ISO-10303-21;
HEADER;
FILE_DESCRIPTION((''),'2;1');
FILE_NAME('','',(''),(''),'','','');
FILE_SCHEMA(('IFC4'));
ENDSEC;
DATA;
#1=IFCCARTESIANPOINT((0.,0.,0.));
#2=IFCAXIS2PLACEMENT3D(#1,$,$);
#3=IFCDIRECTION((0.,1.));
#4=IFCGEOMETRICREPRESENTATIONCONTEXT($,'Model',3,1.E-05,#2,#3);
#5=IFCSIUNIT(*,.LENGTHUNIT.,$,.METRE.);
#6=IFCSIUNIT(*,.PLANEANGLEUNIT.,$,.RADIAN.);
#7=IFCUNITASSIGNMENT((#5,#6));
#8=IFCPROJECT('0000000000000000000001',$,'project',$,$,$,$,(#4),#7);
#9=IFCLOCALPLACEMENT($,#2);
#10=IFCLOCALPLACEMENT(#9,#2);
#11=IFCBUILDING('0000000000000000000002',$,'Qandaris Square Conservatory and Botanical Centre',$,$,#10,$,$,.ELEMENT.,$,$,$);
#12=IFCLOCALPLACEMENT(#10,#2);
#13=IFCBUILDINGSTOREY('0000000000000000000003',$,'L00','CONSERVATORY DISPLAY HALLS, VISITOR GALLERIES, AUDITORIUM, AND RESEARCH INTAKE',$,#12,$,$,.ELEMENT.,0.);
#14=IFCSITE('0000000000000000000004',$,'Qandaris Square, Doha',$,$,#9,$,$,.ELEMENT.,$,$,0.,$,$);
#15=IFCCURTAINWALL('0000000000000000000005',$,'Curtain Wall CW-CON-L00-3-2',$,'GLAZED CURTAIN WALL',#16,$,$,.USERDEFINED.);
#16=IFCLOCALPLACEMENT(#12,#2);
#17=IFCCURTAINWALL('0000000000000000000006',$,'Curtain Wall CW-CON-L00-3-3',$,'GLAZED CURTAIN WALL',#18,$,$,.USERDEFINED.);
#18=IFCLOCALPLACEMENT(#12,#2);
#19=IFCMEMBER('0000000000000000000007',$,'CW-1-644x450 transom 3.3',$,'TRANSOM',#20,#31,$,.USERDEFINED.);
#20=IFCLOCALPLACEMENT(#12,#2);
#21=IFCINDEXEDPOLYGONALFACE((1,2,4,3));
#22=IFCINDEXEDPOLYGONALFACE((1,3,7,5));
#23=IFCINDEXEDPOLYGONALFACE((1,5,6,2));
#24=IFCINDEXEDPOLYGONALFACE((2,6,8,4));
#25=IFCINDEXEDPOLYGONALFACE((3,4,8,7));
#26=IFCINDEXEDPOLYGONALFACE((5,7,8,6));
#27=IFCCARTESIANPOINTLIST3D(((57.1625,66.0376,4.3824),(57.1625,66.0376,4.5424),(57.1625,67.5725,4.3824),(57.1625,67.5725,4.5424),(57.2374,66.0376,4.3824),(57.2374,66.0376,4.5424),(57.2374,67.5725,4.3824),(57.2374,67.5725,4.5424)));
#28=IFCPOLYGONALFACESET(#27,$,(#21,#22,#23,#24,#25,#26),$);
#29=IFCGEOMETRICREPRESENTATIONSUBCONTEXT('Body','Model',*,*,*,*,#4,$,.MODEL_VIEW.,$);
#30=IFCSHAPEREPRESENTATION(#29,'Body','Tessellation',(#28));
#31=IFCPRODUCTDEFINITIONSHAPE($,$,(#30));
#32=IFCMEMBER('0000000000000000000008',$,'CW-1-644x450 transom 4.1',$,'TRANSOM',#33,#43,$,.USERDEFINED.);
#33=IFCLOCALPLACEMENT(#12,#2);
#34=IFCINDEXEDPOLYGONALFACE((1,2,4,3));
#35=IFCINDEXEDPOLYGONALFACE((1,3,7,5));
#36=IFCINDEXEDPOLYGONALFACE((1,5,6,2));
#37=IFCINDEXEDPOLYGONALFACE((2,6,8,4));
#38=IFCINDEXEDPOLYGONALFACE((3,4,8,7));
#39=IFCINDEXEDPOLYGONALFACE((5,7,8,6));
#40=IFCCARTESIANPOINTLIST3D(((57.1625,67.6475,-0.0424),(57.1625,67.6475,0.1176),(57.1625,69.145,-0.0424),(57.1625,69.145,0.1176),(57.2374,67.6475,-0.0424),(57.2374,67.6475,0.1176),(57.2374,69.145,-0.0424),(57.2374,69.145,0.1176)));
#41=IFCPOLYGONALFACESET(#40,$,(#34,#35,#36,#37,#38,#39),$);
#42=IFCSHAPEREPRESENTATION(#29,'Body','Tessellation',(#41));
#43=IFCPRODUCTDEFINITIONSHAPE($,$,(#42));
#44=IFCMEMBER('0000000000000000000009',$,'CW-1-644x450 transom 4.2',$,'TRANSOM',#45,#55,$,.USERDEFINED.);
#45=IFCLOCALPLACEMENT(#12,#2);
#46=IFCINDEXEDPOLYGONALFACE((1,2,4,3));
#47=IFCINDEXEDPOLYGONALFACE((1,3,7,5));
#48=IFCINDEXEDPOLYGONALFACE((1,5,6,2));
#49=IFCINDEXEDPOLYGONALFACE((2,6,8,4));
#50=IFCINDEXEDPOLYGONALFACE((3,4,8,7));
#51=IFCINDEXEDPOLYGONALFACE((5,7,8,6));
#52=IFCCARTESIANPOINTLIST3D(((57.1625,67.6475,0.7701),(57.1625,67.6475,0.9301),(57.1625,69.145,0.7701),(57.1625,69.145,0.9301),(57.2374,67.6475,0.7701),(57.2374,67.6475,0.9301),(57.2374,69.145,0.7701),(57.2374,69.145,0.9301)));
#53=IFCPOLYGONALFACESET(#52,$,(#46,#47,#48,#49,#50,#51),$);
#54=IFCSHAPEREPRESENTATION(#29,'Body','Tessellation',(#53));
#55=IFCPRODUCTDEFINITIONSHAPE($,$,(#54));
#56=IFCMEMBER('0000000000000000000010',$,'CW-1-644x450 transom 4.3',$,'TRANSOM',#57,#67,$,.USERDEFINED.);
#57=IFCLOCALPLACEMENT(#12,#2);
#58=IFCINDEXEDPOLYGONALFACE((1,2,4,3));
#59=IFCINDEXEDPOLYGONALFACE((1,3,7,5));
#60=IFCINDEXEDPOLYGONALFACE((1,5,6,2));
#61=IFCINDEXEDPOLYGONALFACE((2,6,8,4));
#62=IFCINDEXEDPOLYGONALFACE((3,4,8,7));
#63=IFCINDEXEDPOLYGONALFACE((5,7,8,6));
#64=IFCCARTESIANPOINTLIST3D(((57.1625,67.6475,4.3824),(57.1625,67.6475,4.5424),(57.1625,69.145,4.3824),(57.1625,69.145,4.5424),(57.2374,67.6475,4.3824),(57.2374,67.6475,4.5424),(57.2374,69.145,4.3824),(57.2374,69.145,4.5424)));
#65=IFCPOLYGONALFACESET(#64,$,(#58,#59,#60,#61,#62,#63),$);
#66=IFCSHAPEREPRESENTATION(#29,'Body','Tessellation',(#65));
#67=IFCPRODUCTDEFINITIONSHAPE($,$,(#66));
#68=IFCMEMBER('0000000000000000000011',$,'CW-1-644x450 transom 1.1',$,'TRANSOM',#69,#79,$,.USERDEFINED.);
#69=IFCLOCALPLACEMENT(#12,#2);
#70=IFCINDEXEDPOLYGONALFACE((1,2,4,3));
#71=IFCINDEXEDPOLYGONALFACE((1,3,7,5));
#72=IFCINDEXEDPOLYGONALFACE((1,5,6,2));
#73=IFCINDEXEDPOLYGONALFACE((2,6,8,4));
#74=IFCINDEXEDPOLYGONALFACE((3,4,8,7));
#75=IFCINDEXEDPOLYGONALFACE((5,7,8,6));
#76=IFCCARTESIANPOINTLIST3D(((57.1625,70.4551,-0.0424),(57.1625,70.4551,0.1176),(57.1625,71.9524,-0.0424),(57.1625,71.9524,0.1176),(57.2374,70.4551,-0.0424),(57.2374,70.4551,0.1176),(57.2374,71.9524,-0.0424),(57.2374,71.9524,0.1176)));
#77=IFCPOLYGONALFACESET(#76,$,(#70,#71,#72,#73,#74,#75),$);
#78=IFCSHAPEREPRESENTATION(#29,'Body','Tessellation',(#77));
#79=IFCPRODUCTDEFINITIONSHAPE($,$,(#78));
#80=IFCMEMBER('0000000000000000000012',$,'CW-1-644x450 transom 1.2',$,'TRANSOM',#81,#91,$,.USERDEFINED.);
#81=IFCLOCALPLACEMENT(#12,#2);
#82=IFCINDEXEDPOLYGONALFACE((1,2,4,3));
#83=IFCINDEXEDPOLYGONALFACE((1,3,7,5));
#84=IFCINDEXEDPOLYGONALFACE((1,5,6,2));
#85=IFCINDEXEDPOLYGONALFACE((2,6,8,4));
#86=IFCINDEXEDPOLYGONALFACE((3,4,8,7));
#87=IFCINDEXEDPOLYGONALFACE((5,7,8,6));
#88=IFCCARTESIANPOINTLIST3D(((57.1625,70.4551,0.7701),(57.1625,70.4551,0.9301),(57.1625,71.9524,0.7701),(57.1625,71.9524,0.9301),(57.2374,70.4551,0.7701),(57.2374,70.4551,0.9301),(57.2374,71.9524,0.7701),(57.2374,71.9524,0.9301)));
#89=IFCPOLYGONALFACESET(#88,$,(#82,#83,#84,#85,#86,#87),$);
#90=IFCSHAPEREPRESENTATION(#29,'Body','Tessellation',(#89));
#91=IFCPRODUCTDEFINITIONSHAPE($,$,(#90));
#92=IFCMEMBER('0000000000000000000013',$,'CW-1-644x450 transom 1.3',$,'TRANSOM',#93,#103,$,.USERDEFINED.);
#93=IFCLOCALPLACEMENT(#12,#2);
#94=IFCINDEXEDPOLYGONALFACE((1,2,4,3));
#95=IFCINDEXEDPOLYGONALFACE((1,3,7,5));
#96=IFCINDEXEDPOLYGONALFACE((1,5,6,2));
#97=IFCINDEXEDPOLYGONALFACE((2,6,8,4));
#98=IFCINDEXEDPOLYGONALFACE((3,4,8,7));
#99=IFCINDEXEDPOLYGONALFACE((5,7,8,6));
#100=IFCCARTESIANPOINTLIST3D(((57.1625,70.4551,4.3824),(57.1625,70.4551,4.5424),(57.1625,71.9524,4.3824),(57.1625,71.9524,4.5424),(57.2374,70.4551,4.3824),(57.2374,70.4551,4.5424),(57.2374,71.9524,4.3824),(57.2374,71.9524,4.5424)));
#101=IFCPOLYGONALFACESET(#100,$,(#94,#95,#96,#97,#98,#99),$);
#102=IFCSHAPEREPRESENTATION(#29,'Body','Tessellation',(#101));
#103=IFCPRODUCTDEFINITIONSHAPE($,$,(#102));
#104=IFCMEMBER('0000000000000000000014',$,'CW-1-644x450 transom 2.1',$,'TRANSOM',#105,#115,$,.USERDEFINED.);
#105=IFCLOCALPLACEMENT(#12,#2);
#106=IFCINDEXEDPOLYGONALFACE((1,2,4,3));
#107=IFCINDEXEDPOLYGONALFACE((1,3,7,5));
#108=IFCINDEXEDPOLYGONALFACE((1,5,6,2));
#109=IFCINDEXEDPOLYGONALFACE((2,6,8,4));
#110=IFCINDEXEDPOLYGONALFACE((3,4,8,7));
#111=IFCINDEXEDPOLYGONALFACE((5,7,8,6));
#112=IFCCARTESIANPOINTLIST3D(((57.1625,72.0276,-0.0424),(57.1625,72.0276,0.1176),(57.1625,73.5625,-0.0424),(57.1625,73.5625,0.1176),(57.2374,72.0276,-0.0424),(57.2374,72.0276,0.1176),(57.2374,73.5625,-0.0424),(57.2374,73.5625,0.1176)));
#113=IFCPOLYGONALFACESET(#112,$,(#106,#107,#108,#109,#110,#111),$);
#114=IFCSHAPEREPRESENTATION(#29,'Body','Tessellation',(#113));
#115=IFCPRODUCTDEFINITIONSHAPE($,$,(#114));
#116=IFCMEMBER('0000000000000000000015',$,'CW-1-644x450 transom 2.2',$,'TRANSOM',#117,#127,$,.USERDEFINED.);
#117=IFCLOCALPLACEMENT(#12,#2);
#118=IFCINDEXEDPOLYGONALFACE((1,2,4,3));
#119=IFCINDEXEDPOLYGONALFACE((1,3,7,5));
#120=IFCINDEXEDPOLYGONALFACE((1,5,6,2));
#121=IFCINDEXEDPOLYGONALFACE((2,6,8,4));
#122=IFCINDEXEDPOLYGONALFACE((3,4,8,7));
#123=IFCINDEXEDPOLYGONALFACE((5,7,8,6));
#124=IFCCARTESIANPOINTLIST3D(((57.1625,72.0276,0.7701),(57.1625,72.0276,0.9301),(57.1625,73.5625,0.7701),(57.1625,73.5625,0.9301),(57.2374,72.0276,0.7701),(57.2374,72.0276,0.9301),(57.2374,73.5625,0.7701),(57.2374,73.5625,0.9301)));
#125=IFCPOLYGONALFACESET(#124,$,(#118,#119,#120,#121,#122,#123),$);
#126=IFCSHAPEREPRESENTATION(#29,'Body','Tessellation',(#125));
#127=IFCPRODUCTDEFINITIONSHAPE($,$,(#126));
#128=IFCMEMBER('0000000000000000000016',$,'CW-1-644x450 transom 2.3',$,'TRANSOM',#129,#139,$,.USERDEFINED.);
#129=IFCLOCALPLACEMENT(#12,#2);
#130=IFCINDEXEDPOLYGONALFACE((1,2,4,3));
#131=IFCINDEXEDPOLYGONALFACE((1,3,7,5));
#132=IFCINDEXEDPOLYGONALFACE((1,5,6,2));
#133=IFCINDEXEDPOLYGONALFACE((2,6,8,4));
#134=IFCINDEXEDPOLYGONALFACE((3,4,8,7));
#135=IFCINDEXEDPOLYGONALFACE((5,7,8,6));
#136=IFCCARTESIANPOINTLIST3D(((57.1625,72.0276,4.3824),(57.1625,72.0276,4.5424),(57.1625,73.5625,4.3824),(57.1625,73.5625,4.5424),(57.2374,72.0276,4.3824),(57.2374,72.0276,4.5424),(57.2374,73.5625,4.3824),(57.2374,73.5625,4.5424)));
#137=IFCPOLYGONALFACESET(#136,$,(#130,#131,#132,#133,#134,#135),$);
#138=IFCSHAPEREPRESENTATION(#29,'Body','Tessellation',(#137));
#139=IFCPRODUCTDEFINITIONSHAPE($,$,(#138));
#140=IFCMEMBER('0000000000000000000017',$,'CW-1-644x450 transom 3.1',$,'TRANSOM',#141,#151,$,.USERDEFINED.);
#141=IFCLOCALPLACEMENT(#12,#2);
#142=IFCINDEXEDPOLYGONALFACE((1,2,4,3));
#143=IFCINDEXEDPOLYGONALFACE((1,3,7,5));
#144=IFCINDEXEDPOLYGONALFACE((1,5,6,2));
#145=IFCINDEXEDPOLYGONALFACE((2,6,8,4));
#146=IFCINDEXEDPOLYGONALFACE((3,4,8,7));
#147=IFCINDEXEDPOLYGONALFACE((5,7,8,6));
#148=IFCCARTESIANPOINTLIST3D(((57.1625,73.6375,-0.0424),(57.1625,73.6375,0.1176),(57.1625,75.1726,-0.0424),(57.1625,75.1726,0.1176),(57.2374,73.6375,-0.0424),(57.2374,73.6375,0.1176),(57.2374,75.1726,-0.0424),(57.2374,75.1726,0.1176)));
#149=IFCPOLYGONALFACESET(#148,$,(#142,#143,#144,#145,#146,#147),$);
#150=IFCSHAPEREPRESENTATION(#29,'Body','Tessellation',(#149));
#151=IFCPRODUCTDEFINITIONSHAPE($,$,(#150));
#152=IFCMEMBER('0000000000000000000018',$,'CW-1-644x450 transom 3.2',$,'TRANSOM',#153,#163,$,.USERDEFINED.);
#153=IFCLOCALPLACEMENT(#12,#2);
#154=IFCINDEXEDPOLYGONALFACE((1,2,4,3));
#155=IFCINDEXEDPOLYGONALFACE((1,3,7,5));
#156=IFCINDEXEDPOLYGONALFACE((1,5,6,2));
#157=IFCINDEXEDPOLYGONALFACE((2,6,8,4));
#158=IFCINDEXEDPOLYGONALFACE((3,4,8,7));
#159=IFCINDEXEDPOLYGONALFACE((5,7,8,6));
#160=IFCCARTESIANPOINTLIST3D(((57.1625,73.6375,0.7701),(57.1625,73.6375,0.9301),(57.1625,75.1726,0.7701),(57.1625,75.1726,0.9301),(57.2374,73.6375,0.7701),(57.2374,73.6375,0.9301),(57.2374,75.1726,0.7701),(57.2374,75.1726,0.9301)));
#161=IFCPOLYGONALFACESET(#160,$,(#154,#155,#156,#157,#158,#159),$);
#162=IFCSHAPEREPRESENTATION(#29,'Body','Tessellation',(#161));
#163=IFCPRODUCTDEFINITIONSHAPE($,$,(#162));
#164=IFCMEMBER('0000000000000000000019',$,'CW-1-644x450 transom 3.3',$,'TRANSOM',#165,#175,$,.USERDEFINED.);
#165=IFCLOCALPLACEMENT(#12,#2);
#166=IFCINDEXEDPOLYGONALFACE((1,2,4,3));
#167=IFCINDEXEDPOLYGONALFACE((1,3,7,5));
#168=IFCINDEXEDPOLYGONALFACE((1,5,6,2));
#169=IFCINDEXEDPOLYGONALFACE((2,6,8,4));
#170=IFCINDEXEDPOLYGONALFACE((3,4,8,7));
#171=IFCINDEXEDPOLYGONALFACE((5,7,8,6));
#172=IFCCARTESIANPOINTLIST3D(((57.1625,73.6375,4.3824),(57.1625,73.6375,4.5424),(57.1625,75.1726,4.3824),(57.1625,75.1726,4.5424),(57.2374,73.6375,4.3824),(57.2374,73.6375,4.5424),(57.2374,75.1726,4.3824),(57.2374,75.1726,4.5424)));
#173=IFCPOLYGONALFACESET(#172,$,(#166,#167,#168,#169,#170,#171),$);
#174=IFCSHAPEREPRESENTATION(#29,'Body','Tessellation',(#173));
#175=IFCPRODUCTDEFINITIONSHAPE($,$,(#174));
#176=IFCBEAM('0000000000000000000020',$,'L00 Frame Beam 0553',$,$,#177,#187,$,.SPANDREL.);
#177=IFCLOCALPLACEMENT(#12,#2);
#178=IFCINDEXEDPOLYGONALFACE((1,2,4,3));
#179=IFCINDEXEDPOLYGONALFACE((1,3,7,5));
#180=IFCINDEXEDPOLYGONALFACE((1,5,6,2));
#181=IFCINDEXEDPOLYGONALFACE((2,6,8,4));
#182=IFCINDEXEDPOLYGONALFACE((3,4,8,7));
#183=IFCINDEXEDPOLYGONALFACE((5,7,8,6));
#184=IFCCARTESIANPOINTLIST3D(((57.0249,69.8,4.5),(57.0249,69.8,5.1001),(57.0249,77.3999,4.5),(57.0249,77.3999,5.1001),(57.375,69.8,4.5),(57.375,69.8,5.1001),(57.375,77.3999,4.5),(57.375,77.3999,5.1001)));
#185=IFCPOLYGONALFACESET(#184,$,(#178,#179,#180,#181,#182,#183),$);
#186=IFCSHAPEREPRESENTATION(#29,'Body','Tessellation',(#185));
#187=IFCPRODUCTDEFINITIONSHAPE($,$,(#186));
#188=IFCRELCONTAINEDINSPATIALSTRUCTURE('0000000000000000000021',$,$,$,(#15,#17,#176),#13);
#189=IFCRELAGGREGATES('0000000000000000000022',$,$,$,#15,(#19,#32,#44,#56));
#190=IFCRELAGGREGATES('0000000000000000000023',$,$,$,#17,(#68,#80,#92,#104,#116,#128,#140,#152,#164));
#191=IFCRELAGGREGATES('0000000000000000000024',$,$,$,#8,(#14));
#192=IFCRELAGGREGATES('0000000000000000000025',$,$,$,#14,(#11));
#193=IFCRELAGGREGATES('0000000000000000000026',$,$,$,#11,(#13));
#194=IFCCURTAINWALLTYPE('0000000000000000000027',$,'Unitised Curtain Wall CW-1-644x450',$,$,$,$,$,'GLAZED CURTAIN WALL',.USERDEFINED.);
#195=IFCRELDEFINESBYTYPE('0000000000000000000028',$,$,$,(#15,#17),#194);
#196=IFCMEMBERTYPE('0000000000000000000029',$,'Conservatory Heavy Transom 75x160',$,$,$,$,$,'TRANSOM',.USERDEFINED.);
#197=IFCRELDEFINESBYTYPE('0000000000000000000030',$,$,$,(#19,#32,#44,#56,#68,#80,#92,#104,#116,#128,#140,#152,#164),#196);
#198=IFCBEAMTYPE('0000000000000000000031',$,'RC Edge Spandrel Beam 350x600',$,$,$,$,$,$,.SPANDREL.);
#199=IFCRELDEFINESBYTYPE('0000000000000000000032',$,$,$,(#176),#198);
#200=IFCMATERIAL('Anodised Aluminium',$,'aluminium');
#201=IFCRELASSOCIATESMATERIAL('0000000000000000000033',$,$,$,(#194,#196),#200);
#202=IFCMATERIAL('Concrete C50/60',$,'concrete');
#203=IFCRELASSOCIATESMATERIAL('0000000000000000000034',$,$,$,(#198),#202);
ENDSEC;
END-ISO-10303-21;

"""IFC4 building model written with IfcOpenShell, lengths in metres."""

from ifc_helpers import new_model, si_unit, direction, frame, origin, origin_2d, place, context, subcontext, project, spatial, rectangle, extrude, material, material_profile, profile_set, type_object, element, aggregate, save


model = new_model("IFC4")

# Units and contexts
model_context = context("Model", 3, precision=1e-05, world=origin(), true_north=direction((0.0, 1.0)))
body_context = subcontext(model_context, "Body", "Model", "MODEL_VIEW")
ifc_project = project(units=[si_unit("LENGTHUNIT", "METRE"), si_unit("PLANEANGLEUNIT", "RADIAN")], contexts=[model_context])

# Site, building, storey
site_placement = place(None, origin())
site = spatial("IfcSite", under=ifc_project, at=site_placement, Name="Qandaris Square, Doha", CompositionType="ELEMENT", RefElevation=0.0)
building_placement = place(site_placement, origin())
building = spatial("IfcBuilding", under=site, at=building_placement, Name="Qandaris Square Conservatory and Botanical Centre", CompositionType="ELEMENT")
storey_placement = place(building_placement, origin())
storey = spatial("IfcBuildingStorey", under=building, at=storey_placement, Name="L00", Description="CONSERVATORY DISPLAY HALLS, VISITOR GALLERIES, AUDITORIUM, AND RESEARCH INTAKE", CompositionType="ELEMENT", Elevation=0.0)

# Shared definitions
ifc_material_1 = material(Name="Concrete C50/60", Category="concrete")

# Curtain walls
ifc_material_2 = material(Name="Anodised Aluminium", Category="aluminium")
curtain_wall_type = type_object("IfcCurtainWallType", Name="Unitised Curtain Wall CW-1-644x450", ElementType="GLAZED CURTAIN WALL", PredefinedType="USERDEFINED", material=ifc_material_2)
curtain_wall_1_placement = place(storey_placement, origin())
curtain_wall_1 = element("IfcCurtainWall", 1, at=curtain_wall_1_placement, inside=storey, type_object=curtain_wall_type, Name="Curtain Wall CW-CON-L00-3-2", ObjectType="GLAZED CURTAIN WALL", PredefinedType="USERDEFINED")
curtain_wall_2_placement = place(storey_placement, origin())
curtain_wall_2 = element("IfcCurtainWall", 2, at=curtain_wall_2_placement, inside=storey, type_object=curtain_wall_type, Name="Curtain Wall CW-CON-L00-3-3", ObjectType="GLAZED CURTAIN WALL", PredefinedType="USERDEFINED")

# Members
ifc_material_profile_1 = material_profile(ifc_material_2, rectangle(XDim=0.075, YDim=0.1599, at=origin_2d()), Name="ALU-TRN 75x160")
ifc_profile_set_1 = profile_set([ifc_material_profile_1], Name="Anodised Aluminium")
member_type_1 = type_object("IfcMemberType", Name="Conservatory Heavy Transom 75x160", ElementType="TRANSOM", PredefinedType="USERDEFINED", material=ifc_profile_set_1)
member_1_placement = place(storey_placement, frame((57.2, 66.0376, 4.4624), z_axis=(0.0, 1.0, 0.0), x_axis=(-1.0, 0.0, 0.0)))
member_1 = element("IfcMember", 3, at=member_1_placement, type_object=member_type_1, Name="CW-1-644x450 transom 3.3", ObjectType="TRANSOM", PredefinedType="USERDEFINED", context=body_context, shape_type="SweptSolid", body=[
    extrude(rectangle(XDim=0.075, YDim=0.1599, at=origin_2d()), origin(), (0.0, 0.0, 1.0), 1.5349),
])
member_2_placement = place(storey_placement, frame((57.2, 67.6475, 0.0376), z_axis=(0.0, 1.0, 0.0), x_axis=(-1.0, 0.0, 0.0)))
member_2 = element("IfcMember", 4, at=member_2_placement, type_object=member_type_1, Name="CW-1-644x450 transom 4.1", ObjectType="TRANSOM", PredefinedType="USERDEFINED", context=body_context, shape_type="SweptSolid", body=[
    extrude(rectangle(XDim=0.075, YDim=0.1599, at=origin_2d()), origin(), (0.0, 0.0, 1.0), 1.4976),
])
member_3_placement = place(storey_placement, frame((57.2, 67.6475, 0.8501), z_axis=(0.0, 1.0, 0.0), x_axis=(-1.0, 0.0, 0.0)))
member_3 = element("IfcMember", 5, at=member_3_placement, type_object=member_type_1, Name="CW-1-644x450 transom 4.2", ObjectType="TRANSOM", PredefinedType="USERDEFINED", context=body_context, shape_type="SweptSolid", body=[
    extrude(rectangle(XDim=0.075, YDim=0.1599, at=origin_2d()), origin(), (0.0, 0.0, 1.0), 1.4976),
])
member_4_placement = place(storey_placement, frame((57.2, 67.6475, 4.4624), z_axis=(0.0, 1.0, 0.0), x_axis=(-1.0, 0.0, 0.0)))
member_4 = element("IfcMember", 6, at=member_4_placement, type_object=member_type_1, Name="CW-1-644x450 transom 4.3", ObjectType="TRANSOM", PredefinedType="USERDEFINED", context=body_context, shape_type="SweptSolid", body=[
    extrude(rectangle(XDim=0.075, YDim=0.1599, at=origin_2d()), origin(), (0.0, 0.0, 1.0), 1.4976),
])
member_5_placement = place(storey_placement, frame((57.2, 70.4551, 0.0376), z_axis=(0.0, 1.0, 0.0), x_axis=(-1.0, 0.0, 0.0)))
member_5 = element("IfcMember", 7, at=member_5_placement, type_object=member_type_1, Name="CW-1-644x450 transom 1.1", ObjectType="TRANSOM", PredefinedType="USERDEFINED", context=body_context, shape_type="SweptSolid", body=[
    extrude(rectangle(XDim=0.075, YDim=0.1599, at=origin_2d()), origin(), (0.0, 0.0, 1.0), 1.4973),
])
member_6_placement = place(storey_placement, frame((57.2, 70.4551, 0.8501), z_axis=(0.0, 1.0, 0.0), x_axis=(-1.0, 0.0, 0.0)))
member_6 = element("IfcMember", 8, at=member_6_placement, type_object=member_type_1, Name="CW-1-644x450 transom 1.2", ObjectType="TRANSOM", PredefinedType="USERDEFINED", context=body_context, shape_type="SweptSolid", body=[
    extrude(rectangle(XDim=0.075, YDim=0.1599, at=origin_2d()), origin(), (0.0, 0.0, 1.0), 1.4973),
])
member_7_placement = place(storey_placement, frame((57.2, 70.4551, 4.4624), z_axis=(0.0, 1.0, 0.0), x_axis=(-1.0, 0.0, 0.0)))
member_7 = element("IfcMember", 9, at=member_7_placement, type_object=member_type_1, Name="CW-1-644x450 transom 1.3", ObjectType="TRANSOM", PredefinedType="USERDEFINED", context=body_context, shape_type="SweptSolid", body=[
    extrude(rectangle(XDim=0.075, YDim=0.1599, at=origin_2d()), origin(), (0.0, 0.0, 1.0), 1.4973),
])
member_8_placement = place(storey_placement, frame((57.2, 72.0276, 0.0376), z_axis=(0.0, 1.0, 0.0), x_axis=(-1.0, 0.0, 0.0)))
member_8 = element("IfcMember", 10, at=member_8_placement, type_object=member_type_1, Name="CW-1-644x450 transom 2.1", ObjectType="TRANSOM", PredefinedType="USERDEFINED", context=body_context, shape_type="SweptSolid", body=[
    extrude(rectangle(XDim=0.075, YDim=0.1599, at=origin_2d()), origin(), (0.0, 0.0, 1.0), 1.5349),
])
member_9_placement = place(storey_placement, frame((57.2, 72.0276, 0.8501), z_axis=(0.0, 1.0, 0.0), x_axis=(-1.0, 0.0, 0.0)))
member_9 = element("IfcMember", 11, at=member_9_placement, type_object=member_type_1, Name="CW-1-644x450 transom 2.2", ObjectType="TRANSOM", PredefinedType="USERDEFINED", context=body_context, shape_type="SweptSolid", body=[
    extrude(rectangle(XDim=0.075, YDim=0.1599, at=origin_2d()), origin(), (0.0, 0.0, 1.0), 1.5349),
])
member_10_placement = place(storey_placement, frame((57.2, 72.0276, 4.4624), z_axis=(0.0, 1.0, 0.0), x_axis=(-1.0, 0.0, 0.0)))
member_10 = element("IfcMember", 12, at=member_10_placement, type_object=member_type_1, Name="CW-1-644x450 transom 2.3", ObjectType="TRANSOM", PredefinedType="USERDEFINED", context=body_context, shape_type="SweptSolid", body=[
    extrude(rectangle(XDim=0.075, YDim=0.1599, at=origin_2d()), origin(), (0.0, 0.0, 1.0), 1.5349),
])
member_11_placement = place(storey_placement, frame((57.2, 73.6375, 0.0376), z_axis=(0.0, 1.0, 0.0), x_axis=(-1.0, 0.0, 0.0)))
member_11 = element("IfcMember", 13, at=member_11_placement, type_object=member_type_1, Name="CW-1-644x450 transom 3.1", ObjectType="TRANSOM", PredefinedType="USERDEFINED", context=body_context, shape_type="SweptSolid", body=[
    extrude(rectangle(XDim=0.075, YDim=0.1599, at=origin_2d()), origin(), (0.0, 0.0, 1.0), 1.5352),
])
member_12_placement = place(storey_placement, frame((57.2, 73.6375, 0.8501), z_axis=(0.0, 1.0, 0.0), x_axis=(-1.0, 0.0, 0.0)))
member_12 = element("IfcMember", 14, at=member_12_placement, type_object=member_type_1, Name="CW-1-644x450 transom 3.2", ObjectType="TRANSOM", PredefinedType="USERDEFINED", context=body_context, shape_type="SweptSolid", body=[
    extrude(rectangle(XDim=0.075, YDim=0.1599, at=origin_2d()), origin(), (0.0, 0.0, 1.0), 1.5352),
])
member_13_placement = place(storey_placement, frame((57.2, 73.6375, 4.4624), z_axis=(0.0, 1.0, 0.0), x_axis=(-1.0, 0.0, 0.0)))
member_13 = element("IfcMember", 15, at=member_13_placement, type_object=member_type_1, Name="CW-1-644x450 transom 3.3", ObjectType="TRANSOM", PredefinedType="USERDEFINED", context=body_context, shape_type="SweptSolid", body=[
    extrude(rectangle(XDim=0.075, YDim=0.1599, at=origin_2d()), origin(), (0.0, 0.0, 1.0), 1.5352),
])

# Beam
ifc_material_profile_2 = material_profile(ifc_material_1, rectangle(XDim=0.3501, YDim=0.6001, at=origin_2d()), Name="RC-SP 350x600")
ifc_profile_set_2 = profile_set([ifc_material_profile_2], Name="Concrete C50/60")
beam_type = type_object("IfcBeamType", Name="RC Edge Spandrel Beam 350x600", PredefinedType="SPANDREL", material=ifc_profile_set_2)
beam_placement = place(storey_placement, frame((57.2, 69.8, 4.8), z_axis=(0.0, 1.0, 0.0), x_axis=(-1.0, 0.0, 0.0)))
element("IfcBeam", 16, at=beam_placement, inside=storey, type_object=beam_type, Name="L00 Frame Beam 0553", PredefinedType="SPANDREL", context=body_context, shape_type="SweptSolid", body=[
    extrude(rectangle(XDim=0.3501, YDim=0.6001, at=origin_2d()), origin(), (0.0, 0.0, 1.0), 7.5999),
])

aggregate(curtain_wall_1, [member_1, member_2, member_3, member_4])
aggregate(curtain_wall_2, [member_5, member_6, member_7, member_8, member_9, member_10, member_11, member_12, member_13])

save(model, "model.ifc")
